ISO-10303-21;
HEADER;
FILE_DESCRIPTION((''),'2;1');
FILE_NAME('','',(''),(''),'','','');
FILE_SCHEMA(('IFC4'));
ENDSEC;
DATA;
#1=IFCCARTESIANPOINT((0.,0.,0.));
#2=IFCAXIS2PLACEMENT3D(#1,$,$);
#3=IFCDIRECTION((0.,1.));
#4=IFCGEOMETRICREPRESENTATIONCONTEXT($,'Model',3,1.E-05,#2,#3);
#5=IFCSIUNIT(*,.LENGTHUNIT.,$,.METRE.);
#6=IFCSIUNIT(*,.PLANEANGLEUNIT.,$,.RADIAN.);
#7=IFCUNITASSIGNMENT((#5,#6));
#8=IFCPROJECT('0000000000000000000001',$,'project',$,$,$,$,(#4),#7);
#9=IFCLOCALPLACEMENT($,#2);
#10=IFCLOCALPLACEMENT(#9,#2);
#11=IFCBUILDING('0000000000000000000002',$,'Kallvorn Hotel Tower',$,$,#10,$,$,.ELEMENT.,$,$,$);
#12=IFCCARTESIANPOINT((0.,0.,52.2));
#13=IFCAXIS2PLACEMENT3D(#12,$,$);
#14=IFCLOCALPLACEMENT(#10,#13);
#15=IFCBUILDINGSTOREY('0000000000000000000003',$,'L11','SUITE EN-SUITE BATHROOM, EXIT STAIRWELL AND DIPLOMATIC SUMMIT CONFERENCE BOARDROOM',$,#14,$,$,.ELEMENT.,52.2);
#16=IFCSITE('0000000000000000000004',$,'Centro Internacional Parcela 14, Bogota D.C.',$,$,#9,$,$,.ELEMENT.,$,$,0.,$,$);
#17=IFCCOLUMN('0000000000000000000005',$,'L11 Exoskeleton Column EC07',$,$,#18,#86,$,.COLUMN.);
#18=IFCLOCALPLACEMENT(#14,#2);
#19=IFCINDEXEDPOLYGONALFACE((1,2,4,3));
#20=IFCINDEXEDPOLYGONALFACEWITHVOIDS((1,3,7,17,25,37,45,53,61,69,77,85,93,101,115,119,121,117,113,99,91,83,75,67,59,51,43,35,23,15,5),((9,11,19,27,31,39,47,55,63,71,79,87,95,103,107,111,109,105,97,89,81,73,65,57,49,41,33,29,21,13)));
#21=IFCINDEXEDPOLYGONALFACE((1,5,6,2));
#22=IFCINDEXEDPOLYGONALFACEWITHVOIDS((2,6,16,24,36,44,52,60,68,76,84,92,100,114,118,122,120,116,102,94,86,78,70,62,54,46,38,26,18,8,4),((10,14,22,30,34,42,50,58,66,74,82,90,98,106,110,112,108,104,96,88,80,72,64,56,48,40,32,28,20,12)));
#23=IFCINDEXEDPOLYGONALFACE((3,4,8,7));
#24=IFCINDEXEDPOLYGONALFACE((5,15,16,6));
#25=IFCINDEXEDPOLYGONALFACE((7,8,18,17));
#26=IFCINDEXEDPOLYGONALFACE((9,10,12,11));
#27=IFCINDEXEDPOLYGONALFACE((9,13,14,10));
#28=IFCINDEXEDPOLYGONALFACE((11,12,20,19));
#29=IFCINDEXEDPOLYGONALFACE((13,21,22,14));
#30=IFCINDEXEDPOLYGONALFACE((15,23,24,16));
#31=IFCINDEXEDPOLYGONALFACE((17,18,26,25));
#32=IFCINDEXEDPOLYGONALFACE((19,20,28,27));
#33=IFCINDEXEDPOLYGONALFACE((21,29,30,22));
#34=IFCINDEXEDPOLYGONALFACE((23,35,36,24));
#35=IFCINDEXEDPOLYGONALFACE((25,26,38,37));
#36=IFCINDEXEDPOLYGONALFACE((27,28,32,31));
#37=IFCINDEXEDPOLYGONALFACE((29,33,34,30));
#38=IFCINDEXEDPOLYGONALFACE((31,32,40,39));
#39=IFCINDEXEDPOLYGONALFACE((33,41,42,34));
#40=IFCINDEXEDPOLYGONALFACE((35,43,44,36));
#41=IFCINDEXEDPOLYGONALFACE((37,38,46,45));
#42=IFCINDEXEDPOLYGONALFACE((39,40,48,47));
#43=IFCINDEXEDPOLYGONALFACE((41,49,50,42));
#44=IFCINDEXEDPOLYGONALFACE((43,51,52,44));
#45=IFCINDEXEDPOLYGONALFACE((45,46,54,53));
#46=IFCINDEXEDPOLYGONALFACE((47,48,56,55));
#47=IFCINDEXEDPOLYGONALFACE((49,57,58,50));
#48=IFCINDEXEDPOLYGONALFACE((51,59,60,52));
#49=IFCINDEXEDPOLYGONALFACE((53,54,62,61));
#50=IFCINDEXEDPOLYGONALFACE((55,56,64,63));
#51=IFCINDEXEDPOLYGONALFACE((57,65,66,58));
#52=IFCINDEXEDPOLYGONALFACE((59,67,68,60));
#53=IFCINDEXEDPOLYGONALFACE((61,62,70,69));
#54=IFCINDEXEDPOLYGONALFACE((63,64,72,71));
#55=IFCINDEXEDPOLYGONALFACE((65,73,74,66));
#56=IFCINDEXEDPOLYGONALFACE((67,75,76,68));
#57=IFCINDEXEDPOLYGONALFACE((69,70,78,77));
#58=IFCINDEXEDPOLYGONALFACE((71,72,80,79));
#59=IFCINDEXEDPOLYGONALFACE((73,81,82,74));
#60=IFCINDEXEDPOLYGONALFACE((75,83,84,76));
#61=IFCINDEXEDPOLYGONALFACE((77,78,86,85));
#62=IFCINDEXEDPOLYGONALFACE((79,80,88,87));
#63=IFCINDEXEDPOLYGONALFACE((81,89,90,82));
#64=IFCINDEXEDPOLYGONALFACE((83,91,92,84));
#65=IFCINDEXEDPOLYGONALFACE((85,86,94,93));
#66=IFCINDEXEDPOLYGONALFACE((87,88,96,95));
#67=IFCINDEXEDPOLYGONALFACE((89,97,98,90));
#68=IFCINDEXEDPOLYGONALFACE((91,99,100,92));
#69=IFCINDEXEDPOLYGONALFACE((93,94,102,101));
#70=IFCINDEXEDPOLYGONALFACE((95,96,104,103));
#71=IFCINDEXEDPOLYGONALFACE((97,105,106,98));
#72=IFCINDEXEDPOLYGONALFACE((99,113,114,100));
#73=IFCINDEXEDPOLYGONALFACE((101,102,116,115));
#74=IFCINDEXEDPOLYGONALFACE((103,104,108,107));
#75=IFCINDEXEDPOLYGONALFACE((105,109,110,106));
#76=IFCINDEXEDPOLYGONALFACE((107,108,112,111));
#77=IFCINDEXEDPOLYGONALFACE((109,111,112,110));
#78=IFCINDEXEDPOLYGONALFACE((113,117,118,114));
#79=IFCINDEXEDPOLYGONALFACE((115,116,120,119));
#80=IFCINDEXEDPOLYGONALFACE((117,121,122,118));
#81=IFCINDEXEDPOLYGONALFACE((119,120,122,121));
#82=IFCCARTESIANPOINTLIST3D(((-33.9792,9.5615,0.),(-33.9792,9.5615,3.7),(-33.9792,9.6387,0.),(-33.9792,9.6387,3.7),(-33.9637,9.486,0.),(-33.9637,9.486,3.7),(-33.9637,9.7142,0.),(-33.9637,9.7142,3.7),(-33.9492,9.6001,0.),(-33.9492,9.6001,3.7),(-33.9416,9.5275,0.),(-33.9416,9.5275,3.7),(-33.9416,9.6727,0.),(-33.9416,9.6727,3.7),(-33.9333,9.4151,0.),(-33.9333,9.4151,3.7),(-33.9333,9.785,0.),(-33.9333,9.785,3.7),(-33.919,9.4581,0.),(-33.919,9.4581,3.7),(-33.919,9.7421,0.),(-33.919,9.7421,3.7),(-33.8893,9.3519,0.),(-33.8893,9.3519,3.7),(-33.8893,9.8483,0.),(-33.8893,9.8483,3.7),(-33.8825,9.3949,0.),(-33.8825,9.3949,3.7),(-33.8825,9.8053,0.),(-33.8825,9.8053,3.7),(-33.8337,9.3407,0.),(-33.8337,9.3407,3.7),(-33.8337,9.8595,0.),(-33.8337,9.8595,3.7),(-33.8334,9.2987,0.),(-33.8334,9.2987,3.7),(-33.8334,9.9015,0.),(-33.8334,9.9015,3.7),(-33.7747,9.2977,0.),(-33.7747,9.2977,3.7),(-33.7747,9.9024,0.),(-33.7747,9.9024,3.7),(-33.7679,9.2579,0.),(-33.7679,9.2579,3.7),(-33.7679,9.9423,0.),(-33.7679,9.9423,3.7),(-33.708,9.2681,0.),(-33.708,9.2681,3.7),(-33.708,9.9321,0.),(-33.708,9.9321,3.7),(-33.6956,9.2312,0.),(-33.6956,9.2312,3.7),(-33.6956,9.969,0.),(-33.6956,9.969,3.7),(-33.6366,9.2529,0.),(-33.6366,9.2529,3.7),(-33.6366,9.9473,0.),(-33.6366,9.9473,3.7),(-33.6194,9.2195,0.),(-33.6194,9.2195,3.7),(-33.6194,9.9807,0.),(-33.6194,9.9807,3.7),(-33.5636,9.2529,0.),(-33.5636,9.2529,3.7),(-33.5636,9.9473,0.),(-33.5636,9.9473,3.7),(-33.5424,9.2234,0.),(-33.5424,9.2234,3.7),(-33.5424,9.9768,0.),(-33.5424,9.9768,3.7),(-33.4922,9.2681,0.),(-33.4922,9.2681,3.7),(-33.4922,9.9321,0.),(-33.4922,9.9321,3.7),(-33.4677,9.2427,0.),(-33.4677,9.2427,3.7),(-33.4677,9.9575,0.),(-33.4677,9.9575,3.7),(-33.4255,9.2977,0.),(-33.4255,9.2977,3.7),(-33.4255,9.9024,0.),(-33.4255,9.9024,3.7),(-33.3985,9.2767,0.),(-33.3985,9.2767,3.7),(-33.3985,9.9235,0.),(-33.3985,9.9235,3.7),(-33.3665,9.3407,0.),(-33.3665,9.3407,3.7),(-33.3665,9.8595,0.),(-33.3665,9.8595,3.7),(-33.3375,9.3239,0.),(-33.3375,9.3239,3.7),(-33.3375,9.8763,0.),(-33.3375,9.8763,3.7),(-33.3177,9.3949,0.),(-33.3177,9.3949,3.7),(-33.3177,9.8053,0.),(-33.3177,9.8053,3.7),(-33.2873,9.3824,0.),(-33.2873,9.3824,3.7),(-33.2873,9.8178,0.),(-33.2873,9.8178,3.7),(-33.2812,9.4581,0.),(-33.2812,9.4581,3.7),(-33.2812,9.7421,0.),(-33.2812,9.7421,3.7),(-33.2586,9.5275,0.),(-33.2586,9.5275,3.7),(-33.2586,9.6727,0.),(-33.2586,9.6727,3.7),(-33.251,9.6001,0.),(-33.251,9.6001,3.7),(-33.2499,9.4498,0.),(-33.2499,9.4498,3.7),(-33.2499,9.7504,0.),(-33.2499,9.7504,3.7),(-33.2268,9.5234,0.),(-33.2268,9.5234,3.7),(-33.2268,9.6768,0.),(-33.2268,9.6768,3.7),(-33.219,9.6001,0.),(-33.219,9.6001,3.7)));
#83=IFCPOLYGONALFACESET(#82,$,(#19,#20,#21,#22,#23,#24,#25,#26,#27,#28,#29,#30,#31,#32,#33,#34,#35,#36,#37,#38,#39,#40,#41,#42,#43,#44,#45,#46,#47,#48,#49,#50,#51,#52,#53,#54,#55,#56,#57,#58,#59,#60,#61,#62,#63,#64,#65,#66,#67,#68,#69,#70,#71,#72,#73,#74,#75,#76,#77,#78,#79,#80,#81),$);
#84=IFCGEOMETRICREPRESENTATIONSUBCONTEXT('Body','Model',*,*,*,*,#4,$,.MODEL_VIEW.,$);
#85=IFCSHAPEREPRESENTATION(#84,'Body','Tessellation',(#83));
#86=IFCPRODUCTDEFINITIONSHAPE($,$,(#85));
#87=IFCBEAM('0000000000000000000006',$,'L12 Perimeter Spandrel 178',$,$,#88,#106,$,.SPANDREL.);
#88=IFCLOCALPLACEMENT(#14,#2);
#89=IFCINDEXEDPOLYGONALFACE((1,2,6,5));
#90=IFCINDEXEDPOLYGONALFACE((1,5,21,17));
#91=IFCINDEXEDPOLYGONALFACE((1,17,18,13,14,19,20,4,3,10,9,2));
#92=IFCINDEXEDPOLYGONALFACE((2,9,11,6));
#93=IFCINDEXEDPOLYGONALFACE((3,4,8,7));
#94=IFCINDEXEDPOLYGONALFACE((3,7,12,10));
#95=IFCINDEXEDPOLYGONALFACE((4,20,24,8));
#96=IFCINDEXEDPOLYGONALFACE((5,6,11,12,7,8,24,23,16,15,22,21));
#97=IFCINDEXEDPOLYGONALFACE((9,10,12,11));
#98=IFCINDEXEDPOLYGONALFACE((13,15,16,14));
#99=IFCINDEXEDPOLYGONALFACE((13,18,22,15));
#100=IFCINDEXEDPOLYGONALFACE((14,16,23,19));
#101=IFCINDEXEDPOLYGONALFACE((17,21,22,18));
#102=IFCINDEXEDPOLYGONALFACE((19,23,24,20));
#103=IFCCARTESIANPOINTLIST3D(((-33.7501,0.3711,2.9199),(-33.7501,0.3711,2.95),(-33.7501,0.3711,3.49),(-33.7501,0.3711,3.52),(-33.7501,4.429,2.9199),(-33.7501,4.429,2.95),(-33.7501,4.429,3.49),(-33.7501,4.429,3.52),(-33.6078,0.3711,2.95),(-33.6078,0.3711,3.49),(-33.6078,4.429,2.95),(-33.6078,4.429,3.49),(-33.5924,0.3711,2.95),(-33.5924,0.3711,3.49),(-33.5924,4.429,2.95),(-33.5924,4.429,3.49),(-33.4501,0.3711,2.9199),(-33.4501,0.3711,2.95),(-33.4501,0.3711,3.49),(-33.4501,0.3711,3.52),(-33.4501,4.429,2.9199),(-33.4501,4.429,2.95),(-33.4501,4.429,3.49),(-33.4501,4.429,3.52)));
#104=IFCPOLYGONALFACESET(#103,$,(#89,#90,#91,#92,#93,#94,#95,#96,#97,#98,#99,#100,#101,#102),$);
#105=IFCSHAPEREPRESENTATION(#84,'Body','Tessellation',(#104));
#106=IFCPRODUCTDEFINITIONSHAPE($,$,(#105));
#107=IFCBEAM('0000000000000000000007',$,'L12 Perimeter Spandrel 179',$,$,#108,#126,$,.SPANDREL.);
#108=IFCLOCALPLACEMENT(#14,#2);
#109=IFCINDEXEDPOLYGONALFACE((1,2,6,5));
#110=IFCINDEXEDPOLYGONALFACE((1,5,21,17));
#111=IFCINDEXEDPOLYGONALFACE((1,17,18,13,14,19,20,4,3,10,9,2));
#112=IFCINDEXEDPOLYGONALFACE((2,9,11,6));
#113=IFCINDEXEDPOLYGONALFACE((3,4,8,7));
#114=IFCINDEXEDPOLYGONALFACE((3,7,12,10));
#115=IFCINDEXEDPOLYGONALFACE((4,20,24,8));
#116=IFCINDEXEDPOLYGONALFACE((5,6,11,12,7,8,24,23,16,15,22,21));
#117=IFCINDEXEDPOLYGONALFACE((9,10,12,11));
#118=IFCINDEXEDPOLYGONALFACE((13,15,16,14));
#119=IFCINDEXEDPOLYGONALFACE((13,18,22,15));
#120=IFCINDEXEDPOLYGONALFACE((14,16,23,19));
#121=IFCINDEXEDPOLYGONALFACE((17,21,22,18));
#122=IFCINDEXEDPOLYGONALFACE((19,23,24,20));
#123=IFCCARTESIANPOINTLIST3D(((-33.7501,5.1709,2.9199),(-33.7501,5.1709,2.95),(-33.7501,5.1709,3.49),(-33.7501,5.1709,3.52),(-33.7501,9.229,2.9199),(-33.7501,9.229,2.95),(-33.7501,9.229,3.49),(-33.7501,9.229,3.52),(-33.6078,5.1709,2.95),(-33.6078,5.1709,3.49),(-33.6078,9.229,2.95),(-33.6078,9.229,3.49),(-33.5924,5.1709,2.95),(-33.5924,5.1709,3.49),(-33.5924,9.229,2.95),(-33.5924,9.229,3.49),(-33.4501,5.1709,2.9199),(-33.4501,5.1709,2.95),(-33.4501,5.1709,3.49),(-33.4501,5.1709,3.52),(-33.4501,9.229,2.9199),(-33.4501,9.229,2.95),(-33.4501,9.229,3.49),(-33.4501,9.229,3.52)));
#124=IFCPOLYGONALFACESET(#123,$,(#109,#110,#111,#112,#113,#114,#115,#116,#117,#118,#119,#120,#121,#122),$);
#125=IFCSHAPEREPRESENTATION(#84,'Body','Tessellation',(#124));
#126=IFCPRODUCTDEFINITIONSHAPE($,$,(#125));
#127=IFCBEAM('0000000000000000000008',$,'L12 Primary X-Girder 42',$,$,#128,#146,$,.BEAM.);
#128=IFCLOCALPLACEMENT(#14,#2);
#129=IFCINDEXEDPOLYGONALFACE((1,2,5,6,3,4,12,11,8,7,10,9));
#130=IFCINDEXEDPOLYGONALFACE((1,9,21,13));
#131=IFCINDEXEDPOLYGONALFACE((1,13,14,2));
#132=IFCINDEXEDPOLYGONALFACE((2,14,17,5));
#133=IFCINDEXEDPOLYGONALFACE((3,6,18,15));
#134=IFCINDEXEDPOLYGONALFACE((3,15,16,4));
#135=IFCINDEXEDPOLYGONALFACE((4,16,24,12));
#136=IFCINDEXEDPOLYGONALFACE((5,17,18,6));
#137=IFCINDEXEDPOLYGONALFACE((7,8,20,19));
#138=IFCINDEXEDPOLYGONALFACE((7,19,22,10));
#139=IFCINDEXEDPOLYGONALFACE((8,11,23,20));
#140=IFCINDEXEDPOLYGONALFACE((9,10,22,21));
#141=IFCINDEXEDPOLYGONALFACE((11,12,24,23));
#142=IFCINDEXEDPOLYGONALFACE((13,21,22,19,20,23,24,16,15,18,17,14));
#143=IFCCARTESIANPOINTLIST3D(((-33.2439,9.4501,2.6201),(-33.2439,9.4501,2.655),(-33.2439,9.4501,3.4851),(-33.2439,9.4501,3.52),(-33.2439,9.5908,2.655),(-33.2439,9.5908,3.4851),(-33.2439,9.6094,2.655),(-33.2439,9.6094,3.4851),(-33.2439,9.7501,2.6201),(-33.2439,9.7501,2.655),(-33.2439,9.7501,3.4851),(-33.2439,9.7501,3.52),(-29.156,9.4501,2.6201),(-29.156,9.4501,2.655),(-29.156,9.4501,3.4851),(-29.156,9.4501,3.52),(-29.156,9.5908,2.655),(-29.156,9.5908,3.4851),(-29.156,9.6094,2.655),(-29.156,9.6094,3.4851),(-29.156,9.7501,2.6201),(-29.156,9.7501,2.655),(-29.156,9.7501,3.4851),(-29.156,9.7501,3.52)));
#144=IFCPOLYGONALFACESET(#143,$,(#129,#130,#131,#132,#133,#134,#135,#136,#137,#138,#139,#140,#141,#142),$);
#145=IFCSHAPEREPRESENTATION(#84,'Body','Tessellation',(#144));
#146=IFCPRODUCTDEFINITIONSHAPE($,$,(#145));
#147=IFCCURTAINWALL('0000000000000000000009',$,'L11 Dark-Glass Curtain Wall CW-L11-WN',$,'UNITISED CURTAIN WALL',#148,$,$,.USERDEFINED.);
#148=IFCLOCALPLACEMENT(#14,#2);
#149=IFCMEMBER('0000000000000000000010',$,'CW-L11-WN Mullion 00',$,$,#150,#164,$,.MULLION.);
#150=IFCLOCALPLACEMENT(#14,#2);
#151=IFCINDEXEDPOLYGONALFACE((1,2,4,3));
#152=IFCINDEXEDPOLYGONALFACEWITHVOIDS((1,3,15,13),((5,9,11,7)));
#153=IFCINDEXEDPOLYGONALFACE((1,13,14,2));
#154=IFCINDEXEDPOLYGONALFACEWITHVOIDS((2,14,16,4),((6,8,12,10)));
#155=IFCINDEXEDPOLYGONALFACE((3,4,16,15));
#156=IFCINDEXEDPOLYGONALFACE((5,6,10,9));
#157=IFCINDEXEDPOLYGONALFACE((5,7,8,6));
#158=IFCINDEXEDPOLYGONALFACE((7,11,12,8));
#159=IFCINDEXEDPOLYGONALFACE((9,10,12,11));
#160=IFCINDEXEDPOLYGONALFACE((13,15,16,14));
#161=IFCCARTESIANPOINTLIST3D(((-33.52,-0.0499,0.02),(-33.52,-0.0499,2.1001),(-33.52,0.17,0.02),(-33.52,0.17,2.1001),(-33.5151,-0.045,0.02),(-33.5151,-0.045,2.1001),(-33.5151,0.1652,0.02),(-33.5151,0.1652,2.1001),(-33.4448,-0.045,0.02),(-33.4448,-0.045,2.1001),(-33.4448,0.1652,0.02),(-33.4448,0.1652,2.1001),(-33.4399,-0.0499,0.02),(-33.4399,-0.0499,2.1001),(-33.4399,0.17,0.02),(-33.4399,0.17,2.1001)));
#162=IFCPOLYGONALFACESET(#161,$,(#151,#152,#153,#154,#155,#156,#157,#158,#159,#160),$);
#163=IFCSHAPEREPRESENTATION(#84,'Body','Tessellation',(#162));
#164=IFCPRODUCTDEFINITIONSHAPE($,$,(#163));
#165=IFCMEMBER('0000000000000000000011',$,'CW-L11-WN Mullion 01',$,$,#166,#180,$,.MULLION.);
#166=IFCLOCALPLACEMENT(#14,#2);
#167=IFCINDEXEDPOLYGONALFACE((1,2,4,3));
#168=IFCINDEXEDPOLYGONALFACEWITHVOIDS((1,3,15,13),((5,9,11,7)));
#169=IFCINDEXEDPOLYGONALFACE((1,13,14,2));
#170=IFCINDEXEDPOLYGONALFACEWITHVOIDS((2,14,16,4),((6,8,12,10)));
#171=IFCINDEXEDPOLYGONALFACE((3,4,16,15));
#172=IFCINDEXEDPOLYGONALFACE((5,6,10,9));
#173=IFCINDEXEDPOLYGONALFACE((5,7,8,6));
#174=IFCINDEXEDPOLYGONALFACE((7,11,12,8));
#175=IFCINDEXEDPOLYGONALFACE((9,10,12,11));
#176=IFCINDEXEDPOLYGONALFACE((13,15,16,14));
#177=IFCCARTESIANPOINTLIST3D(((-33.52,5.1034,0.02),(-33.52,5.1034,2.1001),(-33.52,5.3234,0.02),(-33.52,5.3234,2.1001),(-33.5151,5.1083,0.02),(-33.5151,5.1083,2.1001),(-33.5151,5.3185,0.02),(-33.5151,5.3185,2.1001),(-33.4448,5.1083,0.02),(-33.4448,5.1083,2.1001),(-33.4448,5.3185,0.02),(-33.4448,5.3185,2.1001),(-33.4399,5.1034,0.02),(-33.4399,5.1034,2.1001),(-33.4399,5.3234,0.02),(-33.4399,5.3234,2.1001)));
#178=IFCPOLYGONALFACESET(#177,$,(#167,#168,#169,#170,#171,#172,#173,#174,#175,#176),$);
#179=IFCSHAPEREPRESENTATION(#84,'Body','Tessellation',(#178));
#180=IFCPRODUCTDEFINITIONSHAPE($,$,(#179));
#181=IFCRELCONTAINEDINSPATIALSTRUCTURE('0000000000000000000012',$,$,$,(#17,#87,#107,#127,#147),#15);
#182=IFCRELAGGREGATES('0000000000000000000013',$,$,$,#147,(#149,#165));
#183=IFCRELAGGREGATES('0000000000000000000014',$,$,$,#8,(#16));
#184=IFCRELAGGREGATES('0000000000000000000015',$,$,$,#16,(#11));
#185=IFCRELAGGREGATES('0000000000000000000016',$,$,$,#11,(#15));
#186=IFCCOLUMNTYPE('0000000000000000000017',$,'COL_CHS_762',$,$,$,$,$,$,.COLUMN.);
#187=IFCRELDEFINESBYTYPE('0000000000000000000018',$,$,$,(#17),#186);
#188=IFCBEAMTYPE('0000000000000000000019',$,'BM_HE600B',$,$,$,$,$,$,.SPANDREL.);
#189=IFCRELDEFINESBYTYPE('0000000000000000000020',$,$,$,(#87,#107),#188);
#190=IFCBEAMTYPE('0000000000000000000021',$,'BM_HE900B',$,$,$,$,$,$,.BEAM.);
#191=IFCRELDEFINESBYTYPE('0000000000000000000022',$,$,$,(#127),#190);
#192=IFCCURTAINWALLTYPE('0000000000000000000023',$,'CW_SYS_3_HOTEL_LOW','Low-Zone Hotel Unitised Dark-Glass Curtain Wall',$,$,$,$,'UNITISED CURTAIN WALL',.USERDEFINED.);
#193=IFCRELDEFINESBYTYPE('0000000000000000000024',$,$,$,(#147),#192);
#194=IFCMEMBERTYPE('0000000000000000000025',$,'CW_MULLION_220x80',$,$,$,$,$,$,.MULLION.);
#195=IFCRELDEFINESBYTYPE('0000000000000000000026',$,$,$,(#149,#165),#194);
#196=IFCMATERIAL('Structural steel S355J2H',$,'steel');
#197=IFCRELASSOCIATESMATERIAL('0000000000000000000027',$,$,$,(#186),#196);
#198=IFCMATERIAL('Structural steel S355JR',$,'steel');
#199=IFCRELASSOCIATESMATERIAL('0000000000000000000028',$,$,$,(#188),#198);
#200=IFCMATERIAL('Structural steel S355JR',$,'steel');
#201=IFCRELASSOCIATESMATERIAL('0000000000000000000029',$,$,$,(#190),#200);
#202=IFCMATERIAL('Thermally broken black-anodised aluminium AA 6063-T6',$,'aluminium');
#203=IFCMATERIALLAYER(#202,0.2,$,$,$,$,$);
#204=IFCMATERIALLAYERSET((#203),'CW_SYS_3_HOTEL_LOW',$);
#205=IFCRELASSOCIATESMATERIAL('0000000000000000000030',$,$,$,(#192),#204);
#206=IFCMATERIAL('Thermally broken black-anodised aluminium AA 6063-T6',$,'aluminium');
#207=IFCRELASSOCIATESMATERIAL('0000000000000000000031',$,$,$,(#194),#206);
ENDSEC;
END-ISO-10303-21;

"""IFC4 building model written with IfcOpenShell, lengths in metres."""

from ifc_helpers import new_model, si_unit, direction, frame, origin, origin_2d, place, context, subcontext, project, spatial, hollow_rectangle, hollow_circle, i_section, extrude, material, layer, layer_set, material_profile, profile_set, type_object, element, aggregate, save


model = new_model("IFC4")

# Units and contexts
model_context = context("Model", 3, precision=1e-05, world=origin(), true_north=direction((0.0, 1.0)))
body_context = subcontext(model_context, "Body", "Model", "MODEL_VIEW")
ifc_project = project(units=[si_unit("LENGTHUNIT", "METRE"), si_unit("PLANEANGLEUNIT", "RADIAN")], contexts=[model_context])

# Site, building, storey
site_placement = place(None, origin())
site = spatial("IfcSite", under=ifc_project, at=site_placement, Name="Centro Internacional Parcela 14, Bogota D.C.", CompositionType="ELEMENT", RefElevation=0.0)
building_placement = place(site_placement, origin())
building = spatial("IfcBuilding", under=site, at=building_placement, Name="Kallvorn Hotel Tower", CompositionType="ELEMENT")
storey_placement = place(building_placement, frame((0.0, 0.0, 52.2)))
storey = spatial("IfcBuildingStorey", under=building, at=storey_placement, Name="L11", Description="SUITE EN-SUITE BATHROOM, EXIT STAIRWELL AND DIPLOMATIC SUMMIT CONFERENCE BOARDROOM", CompositionType="ELEMENT", Elevation=52.2)

# Column
ifc_material_1 = material(Name="Structural steel S355J2H", Category="steel")
ifc_material_profile_1 = material_profile(ifc_material_1, hollow_circle(Radius=0.3811, WallThickness=0.032, at=origin_2d()), Name="CHS 762x32")
ifc_profile_set_1 = profile_set([ifc_material_profile_1], Name="Structural steel S355J2H")
column_type = type_object("IfcColumnType", Name="COL_CHS_762", PredefinedType="COLUMN", material=ifc_profile_set_1)
for number, where, z_axis, x_axis, name in (
    (1, (-33.6001, 9.6001, 0.0), (0.0, 0.0, 1.0), (1.0, 0.0, 0.0), "L11 Exoskeleton Column EC07"),
):
    element("IfcColumn", number, at=place(storey_placement, frame(where, z_axis=z_axis, x_axis=x_axis)), inside=storey, type_object=column_type, Name=name, PredefinedType="COLUMN", context=body_context, shape_type="SweptSolid", body=[
        extrude(hollow_circle(Radius=0.3811, WallThickness=0.032, at=origin_2d()), origin(), (0.0, 0.0, 1.0), 3.7),
    ])

# Beams
ifc_material_2 = material(Name="Structural steel S355JR", Category="steel")
ifc_material_profile_2 = material_profile(ifc_material_2, i_section(OverallWidth=0.3, OverallDepth=0.6001, WebThickness=0.0154, FlangeThickness=0.03, at=origin_2d()), Name="HE 600 B")
ifc_profile_set_2 = profile_set([ifc_material_profile_2], Name="Structural steel S355JR")
beam_type_1 = type_object("IfcBeamType", Name="BM_HE600B", PredefinedType="SPANDREL", material=ifc_profile_set_2)
beam_1_placement = place(storey_placement, frame((-33.6001, 0.3711, 3.22), z_axis=(0.0, 1.0, 0.0), x_axis=(-1.0, 0.0, 0.0)))
element("IfcBeam", 2, at=beam_1_placement, inside=storey, type_object=beam_type_1, Name="L12 Perimeter Spandrel 178", PredefinedType="SPANDREL", context=body_context, shape_type="SweptSolid", body=[
    extrude(i_section(OverallWidth=0.3, OverallDepth=0.6001, WebThickness=0.0154, FlangeThickness=0.03, at=origin_2d()), origin(), (0.0, 0.0, 1.0), 4.0579),
])
beam_2_placement = place(storey_placement, frame((-33.6001, 5.1709, 3.22), z_axis=(0.0, 1.0, 0.0), x_axis=(-1.0, 0.0, 0.0)))
element("IfcBeam", 3, at=beam_2_placement, inside=storey, type_object=beam_type_1, Name="L12 Perimeter Spandrel 179", PredefinedType="SPANDREL", context=body_context, shape_type="SweptSolid", body=[
    extrude(i_section(OverallWidth=0.3, OverallDepth=0.6001, WebThickness=0.0154, FlangeThickness=0.03, at=origin_2d()), origin(), (0.0, 0.0, 1.0), 4.0581),
])
ifc_material_3 = material(Name="Structural steel S355JR", Category="steel")
ifc_material_profile_3 = material_profile(ifc_material_3, i_section(OverallWidth=0.3, OverallDepth=0.8999, WebThickness=0.0186, FlangeThickness=0.0349, at=origin_2d()), Name="HE 900 B")
ifc_profile_set_3 = profile_set([ifc_material_profile_3], Name="Structural steel S355JR")
beam_type_2 = type_object("IfcBeamType", Name="BM_HE900B", PredefinedType="BEAM", material=ifc_profile_set_3)
beam_3_placement = place(storey_placement, frame((-33.2439, 9.6001, 3.0701), z_axis=(1.0, 0.0, 0.0), x_axis=(0.0, 1.0, 0.0)))
element("IfcBeam", 4, at=beam_3_placement, inside=storey, type_object=beam_type_2, Name="L12 Primary X-Girder 42", PredefinedType="BEAM", context=body_context, shape_type="SweptSolid", body=[
    extrude(i_section(OverallWidth=0.3, OverallDepth=0.8999, WebThickness=0.0186, FlangeThickness=0.0349, at=origin_2d()), origin(), (0.0, 0.0, 1.0), 4.0879),
])

# Curtain wall, members
ifc_material_4 = material(Name="Thermally broken black-anodised aluminium AA 6063-T6", Category="aluminium")
ifc_layer_1 = layer(ifc_material_4, 0.2)
ifc_layer_set_1 = layer_set([ifc_layer_1], Name="CW_SYS_3_HOTEL_LOW")
curtain_wall_type = type_object("IfcCurtainWallType", Name="CW_SYS_3_HOTEL_LOW", Description="Low-Zone Hotel Unitised Dark-Glass Curtain Wall", ElementType="UNITISED CURTAIN WALL", PredefinedType="USERDEFINED", material=ifc_layer_set_1)
curtain_wall_placement = place(storey_placement, origin())
curtain_wall = element("IfcCurtainWall", 5, at=curtain_wall_placement, inside=storey, type_object=curtain_wall_type, Name="L11 Dark-Glass Curtain Wall CW-L11-WN", ObjectType="UNITISED CURTAIN WALL", PredefinedType="USERDEFINED")
ifc_material_5 = material(Name="Thermally broken black-anodised aluminium AA 6063-T6", Category="aluminium")
ifc_material_profile_4 = material_profile(ifc_material_5, hollow_rectangle(XDim=0.0801, YDim=0.22, WallThickness=0.0049, at=origin_2d()), Name="MUL 220x80")
ifc_profile_set_4 = profile_set([ifc_material_profile_4], Name="Thermally broken black-anodised aluminium AA 6063-T6")
member_type_1 = type_object("IfcMemberType", Name="CW_MULLION_220x80", PredefinedType="MULLION", material=ifc_profile_set_4)
member_1_placement = place(storey_placement, frame((-33.48, 0.0601, 0.02), z_axis=(0.0, 0.0, 1.0), x_axis=(1.0, 0.0, 0.0)))
member_1 = element("IfcMember", 6, at=member_1_placement, type_object=member_type_1, Name="CW-L11-WN Mullion 00", PredefinedType="MULLION", context=body_context, shape_type="SweptSolid", body=[
    extrude(hollow_rectangle(XDim=0.0801, YDim=0.22, WallThickness=0.0049, at=origin_2d()), origin(), (0.0, 0.0, 1.0), 2.0801),
])
member_2_placement = place(storey_placement, frame((-33.48, 5.2134, 0.02), z_axis=(0.0, 0.0, 1.0), x_axis=(1.0, 0.0, 0.0)))
member_2 = element("IfcMember", 7, at=member_2_placement, type_object=member_type_1, Name="CW-L11-WN Mullion 01", PredefinedType="MULLION", context=body_context, shape_type="SweptSolid", body=[
    extrude(hollow_rectangle(XDim=0.0801, YDim=0.22, WallThickness=0.0049, at=origin_2d()), origin(), (0.0, 0.0, 1.0), 2.0801),
])
aggregate(curtain_wall, [member_1, member_2])

save(model, "model.ifc")
